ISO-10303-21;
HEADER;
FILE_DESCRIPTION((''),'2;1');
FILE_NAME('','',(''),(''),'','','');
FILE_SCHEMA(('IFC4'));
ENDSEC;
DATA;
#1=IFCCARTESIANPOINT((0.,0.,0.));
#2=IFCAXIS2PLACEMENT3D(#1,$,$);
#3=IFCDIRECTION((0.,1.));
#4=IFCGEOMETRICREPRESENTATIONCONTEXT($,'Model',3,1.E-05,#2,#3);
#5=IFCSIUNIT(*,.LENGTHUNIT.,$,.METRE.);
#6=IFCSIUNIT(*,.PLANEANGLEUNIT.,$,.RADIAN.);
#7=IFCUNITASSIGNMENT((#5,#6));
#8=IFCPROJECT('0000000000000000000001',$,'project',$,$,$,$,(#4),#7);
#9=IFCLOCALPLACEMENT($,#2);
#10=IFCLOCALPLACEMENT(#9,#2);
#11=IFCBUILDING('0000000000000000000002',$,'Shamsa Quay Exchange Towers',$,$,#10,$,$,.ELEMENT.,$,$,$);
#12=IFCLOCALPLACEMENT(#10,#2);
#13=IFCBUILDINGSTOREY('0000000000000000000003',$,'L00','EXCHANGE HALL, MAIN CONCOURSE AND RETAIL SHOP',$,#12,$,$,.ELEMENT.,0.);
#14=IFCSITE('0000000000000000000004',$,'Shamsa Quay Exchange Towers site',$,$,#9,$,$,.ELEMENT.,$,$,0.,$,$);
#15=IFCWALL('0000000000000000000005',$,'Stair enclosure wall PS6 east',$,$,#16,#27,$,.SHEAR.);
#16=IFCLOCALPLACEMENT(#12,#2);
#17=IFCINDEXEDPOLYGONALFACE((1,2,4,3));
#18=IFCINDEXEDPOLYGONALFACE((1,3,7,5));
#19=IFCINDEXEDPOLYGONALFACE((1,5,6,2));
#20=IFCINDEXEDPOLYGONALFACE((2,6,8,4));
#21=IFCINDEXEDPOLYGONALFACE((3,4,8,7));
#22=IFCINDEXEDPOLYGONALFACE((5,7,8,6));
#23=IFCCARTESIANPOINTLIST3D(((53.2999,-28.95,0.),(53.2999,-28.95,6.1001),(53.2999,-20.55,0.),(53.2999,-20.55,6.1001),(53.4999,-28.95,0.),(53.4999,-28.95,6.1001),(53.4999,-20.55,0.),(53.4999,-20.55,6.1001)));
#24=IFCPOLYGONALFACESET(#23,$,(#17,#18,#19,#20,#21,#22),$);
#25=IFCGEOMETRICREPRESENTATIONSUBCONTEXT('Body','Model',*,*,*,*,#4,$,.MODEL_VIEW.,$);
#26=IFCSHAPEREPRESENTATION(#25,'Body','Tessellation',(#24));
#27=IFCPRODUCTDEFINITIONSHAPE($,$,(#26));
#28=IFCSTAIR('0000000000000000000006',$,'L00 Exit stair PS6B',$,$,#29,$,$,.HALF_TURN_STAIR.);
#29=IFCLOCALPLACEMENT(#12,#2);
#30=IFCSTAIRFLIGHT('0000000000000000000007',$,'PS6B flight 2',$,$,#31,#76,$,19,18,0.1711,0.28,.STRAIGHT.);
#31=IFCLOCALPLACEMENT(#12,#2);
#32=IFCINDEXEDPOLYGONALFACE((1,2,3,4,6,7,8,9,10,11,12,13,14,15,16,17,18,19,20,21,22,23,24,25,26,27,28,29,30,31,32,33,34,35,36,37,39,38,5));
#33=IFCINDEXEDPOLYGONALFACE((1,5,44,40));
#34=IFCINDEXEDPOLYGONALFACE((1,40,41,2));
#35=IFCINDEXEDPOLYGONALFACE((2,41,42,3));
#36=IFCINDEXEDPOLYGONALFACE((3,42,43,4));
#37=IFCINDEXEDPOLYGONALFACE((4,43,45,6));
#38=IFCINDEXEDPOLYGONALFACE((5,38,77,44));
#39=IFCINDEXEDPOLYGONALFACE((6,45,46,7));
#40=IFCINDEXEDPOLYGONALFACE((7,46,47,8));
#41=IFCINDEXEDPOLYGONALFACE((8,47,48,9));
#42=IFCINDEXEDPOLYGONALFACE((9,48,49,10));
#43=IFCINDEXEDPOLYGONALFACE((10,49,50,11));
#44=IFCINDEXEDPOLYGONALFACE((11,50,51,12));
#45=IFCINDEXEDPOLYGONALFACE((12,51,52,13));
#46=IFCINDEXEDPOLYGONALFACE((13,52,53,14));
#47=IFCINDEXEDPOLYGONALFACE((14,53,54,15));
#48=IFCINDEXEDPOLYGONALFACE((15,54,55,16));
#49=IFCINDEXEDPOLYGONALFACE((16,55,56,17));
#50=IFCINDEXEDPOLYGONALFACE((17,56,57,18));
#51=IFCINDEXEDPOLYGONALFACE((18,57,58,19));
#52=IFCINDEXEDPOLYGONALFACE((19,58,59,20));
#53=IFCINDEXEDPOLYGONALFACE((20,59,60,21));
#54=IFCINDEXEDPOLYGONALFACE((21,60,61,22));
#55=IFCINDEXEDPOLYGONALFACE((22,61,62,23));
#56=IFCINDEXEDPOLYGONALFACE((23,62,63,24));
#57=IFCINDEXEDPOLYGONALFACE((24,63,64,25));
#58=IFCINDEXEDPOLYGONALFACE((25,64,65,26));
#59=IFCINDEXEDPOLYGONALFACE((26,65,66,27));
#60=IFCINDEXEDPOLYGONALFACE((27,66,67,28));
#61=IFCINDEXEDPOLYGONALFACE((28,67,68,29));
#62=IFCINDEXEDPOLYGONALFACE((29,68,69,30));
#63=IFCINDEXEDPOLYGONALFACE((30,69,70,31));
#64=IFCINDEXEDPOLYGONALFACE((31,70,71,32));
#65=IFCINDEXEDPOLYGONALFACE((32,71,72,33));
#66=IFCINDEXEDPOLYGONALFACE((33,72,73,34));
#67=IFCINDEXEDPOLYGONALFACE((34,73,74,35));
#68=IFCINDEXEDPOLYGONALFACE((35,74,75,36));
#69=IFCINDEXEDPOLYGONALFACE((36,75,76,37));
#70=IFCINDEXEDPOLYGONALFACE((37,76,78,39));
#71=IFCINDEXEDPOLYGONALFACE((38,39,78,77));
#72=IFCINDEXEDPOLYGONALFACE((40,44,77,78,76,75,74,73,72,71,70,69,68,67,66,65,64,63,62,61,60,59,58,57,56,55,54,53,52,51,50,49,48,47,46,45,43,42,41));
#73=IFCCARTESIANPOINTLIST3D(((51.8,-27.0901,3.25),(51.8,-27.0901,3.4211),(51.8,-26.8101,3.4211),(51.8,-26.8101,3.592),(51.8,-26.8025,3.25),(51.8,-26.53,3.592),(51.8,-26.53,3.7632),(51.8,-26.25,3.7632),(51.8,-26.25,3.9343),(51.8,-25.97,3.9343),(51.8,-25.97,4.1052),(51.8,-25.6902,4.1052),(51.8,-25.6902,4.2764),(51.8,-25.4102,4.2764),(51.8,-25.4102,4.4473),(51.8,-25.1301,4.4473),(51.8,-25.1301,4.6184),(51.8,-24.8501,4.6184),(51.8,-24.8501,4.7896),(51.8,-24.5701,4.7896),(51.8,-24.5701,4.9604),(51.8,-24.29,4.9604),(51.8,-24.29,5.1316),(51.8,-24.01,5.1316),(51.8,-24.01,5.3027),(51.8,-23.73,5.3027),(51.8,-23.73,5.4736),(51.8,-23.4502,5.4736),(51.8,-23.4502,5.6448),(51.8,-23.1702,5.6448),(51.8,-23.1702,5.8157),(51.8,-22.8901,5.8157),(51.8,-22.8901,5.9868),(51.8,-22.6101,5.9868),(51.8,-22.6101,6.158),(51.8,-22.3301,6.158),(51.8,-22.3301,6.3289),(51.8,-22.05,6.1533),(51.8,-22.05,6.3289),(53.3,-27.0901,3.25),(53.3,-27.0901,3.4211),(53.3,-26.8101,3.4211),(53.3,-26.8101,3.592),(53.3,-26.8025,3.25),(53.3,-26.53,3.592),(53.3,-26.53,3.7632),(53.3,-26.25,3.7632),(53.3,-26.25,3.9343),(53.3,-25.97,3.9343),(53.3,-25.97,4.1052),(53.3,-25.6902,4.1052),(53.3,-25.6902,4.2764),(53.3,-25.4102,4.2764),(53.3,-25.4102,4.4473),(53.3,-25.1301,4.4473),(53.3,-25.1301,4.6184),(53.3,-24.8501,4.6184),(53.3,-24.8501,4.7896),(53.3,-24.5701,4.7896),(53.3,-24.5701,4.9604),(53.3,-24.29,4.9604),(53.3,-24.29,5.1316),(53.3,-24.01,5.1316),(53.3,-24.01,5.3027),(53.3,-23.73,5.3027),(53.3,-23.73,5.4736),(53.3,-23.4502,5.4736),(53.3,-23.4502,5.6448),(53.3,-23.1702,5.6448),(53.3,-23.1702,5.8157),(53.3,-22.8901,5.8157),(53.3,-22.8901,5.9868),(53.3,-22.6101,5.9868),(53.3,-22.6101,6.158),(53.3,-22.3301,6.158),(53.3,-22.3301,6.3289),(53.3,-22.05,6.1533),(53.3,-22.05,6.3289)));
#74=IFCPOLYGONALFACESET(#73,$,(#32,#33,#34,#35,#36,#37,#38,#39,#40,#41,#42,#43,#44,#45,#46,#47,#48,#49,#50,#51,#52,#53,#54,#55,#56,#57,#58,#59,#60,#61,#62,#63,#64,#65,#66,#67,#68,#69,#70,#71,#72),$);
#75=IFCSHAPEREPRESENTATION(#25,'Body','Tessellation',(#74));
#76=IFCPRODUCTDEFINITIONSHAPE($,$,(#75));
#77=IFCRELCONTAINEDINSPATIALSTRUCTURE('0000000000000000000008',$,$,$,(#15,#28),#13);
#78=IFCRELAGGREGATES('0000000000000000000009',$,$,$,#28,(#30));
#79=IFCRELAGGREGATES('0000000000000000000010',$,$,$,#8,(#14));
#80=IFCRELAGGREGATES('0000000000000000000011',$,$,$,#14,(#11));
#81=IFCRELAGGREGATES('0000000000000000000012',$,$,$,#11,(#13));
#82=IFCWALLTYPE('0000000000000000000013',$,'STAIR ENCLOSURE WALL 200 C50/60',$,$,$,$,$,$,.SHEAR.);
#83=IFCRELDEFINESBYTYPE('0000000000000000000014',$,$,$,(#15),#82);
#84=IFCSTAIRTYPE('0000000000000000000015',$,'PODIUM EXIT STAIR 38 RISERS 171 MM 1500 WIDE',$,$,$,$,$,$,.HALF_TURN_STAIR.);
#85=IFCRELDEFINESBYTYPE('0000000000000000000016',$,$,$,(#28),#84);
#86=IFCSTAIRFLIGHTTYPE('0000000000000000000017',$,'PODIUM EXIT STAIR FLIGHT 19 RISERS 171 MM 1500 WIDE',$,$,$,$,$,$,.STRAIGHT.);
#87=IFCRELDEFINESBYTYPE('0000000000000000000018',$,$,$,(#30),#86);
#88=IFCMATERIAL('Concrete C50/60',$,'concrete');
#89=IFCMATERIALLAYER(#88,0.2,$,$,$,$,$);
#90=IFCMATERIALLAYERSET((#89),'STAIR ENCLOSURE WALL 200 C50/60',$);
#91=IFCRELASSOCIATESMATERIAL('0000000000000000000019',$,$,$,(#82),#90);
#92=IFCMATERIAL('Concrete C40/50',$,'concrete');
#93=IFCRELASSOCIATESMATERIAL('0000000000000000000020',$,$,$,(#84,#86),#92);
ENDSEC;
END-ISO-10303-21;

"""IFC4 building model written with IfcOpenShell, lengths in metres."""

from ifc_helpers import new_model, si_unit, direction, frame, frame_2d, origin, place, context, subcontext, project, spatial, polyline, rectangle, outline, extrude, material, layer, layer_set, type_object, element, aggregate, save


model = new_model("IFC4")

# Units and contexts
model_context = context("Model", 3, precision=1e-05, world=origin(), true_north=direction((0.0, 1.0)))
body_context = subcontext(model_context, "Body", "Model", "MODEL_VIEW")
ifc_project = project(units=[si_unit("LENGTHUNIT", "METRE"), si_unit("PLANEANGLEUNIT", "RADIAN")], contexts=[model_context])

# Site, building, storey
site_placement = place(None, origin())
site = spatial("IfcSite", under=ifc_project, at=site_placement, Name="Shamsa Quay Exchange Towers site", CompositionType="ELEMENT", RefElevation=0.0)
building_placement = place(site_placement, origin())
building = spatial("IfcBuilding", under=site, at=building_placement, Name="Shamsa Quay Exchange Towers", CompositionType="ELEMENT")
storey_placement = place(building_placement, origin())
storey = spatial("IfcBuildingStorey", under=building, at=storey_placement, Name="L00", Description="EXCHANGE HALL, MAIN CONCOURSE AND RETAIL SHOP", CompositionType="ELEMENT", Elevation=0.0)

# Shared definitions
ifc_material_1 = material(Name="Concrete C40/50", Category="concrete")

# Shared definitions
ifc_material_2 = material(Name="Concrete C50/60", Category="concrete")
ifc_layer_1 = layer(ifc_material_2, 0.2)
ifc_layer_set_1 = layer_set([ifc_layer_1], Name="STAIR ENCLOSURE WALL 200 C50/60")
wall_type_1 = type_object("IfcWallType", Name="STAIR ENCLOSURE WALL 200 C50/60", PredefinedType="SHEAR", material=ifc_layer_set_1)

# Wall
wall_1_placement = place(storey_placement, frame((53.3999, -28.95, 0.0), z_axis=(0.0, 0.0, 1.0), x_axis=(0.0, 1.0, 0.0)))
element("IfcWall", 1, at=wall_1_placement, inside=storey, type_object=wall_type_1, Name="Stair enclosure wall PS6 east", PredefinedType="SHEAR", context=body_context, shape_type="SweptSolid", body=[
    extrude(rectangle(XDim=8.3999, YDim=0.2, at=frame_2d((4.2, 0.0))), origin(), (0.0, 0.0, 1.0), 6.1001),
])

# Stair, stair flight
stair_type = type_object("IfcStairType", Name="PODIUM EXIT STAIR 38 RISERS 171 MM 1500 WIDE", PredefinedType="HALF_TURN_STAIR", material=ifc_material_1)
stair_placement = place(storey_placement, origin())
stair = element("IfcStair", 2, at=stair_placement, inside=storey, type_object=stair_type, Name="L00 Exit stair PS6B", PredefinedType="HALF_TURN_STAIR")
stair_flight_type = type_object("IfcStairFlightType", Name="PODIUM EXIT STAIR FLIGHT 19 RISERS 171 MM 1500 WIDE", PredefinedType="STRAIGHT", material=ifc_material_1)
stair_flight_placement = place(storey_placement, frame((52.55, -27.0901, 3.25), z_axis=(0.0, 0.0, 1.0), x_axis=(0.0, 1.0, 0.0)))
stair_flight = element("IfcStairFlight", 3, at=stair_flight_placement, type_object=stair_flight_type, Name="PS6B flight 2", NumberOfRisers=19, NumberOfTreads=18, PredefinedType="STRAIGHT", RiserHeight=0.1711, TreadLength=0.28, context=body_context, shape_type="SweptSolid", body=[
    extrude(outline(polyline([(0.0, 0.0), (0.0, 0.1711), (0.28, 0.1711), (0.28, 0.342), (0.5601, 0.342), (0.5601, 0.5132), (0.8401, 0.5132), (0.8401, 0.6843), (1.1201, 0.6843), (1.1201, 0.8552), (1.3999, 0.8552), (1.3999, 1.0264), (1.6799, 1.0264), (1.6799, 1.1973), (1.96, 1.1973), (1.96, 1.3684), (2.24, 1.3684), (2.24, 1.5396), (2.52, 1.5396), (2.52, 1.7104), (2.8, 1.7104), (2.8, 1.8816), (3.0801, 1.8816), (3.0801, 2.0527), (3.3601, 2.0527), (3.3601, 2.2236), (3.6399, 2.2236), (3.6399, 2.3948), (3.9199, 2.3948), (3.9199, 2.5657), (4.2, 2.5657), (4.2, 2.7368), (4.48, 2.7368), (4.48, 2.908), (4.76, 2.908), (4.76, 3.0789), (5.04, 3.0789), (5.04, 3.25), (5.04, 2.9033), (0.2876, 0.0), (0.0, 0.0)])), frame((0.0, 0.75, 0.0), z_axis=(0.0, -1.0, 0.0), x_axis=(1.0, 0.0, 0.0)), (0.0, 0.0, 1.0), 1.5),
])
aggregate(stair, [stair_flight])

save(model, "model.ifc")
